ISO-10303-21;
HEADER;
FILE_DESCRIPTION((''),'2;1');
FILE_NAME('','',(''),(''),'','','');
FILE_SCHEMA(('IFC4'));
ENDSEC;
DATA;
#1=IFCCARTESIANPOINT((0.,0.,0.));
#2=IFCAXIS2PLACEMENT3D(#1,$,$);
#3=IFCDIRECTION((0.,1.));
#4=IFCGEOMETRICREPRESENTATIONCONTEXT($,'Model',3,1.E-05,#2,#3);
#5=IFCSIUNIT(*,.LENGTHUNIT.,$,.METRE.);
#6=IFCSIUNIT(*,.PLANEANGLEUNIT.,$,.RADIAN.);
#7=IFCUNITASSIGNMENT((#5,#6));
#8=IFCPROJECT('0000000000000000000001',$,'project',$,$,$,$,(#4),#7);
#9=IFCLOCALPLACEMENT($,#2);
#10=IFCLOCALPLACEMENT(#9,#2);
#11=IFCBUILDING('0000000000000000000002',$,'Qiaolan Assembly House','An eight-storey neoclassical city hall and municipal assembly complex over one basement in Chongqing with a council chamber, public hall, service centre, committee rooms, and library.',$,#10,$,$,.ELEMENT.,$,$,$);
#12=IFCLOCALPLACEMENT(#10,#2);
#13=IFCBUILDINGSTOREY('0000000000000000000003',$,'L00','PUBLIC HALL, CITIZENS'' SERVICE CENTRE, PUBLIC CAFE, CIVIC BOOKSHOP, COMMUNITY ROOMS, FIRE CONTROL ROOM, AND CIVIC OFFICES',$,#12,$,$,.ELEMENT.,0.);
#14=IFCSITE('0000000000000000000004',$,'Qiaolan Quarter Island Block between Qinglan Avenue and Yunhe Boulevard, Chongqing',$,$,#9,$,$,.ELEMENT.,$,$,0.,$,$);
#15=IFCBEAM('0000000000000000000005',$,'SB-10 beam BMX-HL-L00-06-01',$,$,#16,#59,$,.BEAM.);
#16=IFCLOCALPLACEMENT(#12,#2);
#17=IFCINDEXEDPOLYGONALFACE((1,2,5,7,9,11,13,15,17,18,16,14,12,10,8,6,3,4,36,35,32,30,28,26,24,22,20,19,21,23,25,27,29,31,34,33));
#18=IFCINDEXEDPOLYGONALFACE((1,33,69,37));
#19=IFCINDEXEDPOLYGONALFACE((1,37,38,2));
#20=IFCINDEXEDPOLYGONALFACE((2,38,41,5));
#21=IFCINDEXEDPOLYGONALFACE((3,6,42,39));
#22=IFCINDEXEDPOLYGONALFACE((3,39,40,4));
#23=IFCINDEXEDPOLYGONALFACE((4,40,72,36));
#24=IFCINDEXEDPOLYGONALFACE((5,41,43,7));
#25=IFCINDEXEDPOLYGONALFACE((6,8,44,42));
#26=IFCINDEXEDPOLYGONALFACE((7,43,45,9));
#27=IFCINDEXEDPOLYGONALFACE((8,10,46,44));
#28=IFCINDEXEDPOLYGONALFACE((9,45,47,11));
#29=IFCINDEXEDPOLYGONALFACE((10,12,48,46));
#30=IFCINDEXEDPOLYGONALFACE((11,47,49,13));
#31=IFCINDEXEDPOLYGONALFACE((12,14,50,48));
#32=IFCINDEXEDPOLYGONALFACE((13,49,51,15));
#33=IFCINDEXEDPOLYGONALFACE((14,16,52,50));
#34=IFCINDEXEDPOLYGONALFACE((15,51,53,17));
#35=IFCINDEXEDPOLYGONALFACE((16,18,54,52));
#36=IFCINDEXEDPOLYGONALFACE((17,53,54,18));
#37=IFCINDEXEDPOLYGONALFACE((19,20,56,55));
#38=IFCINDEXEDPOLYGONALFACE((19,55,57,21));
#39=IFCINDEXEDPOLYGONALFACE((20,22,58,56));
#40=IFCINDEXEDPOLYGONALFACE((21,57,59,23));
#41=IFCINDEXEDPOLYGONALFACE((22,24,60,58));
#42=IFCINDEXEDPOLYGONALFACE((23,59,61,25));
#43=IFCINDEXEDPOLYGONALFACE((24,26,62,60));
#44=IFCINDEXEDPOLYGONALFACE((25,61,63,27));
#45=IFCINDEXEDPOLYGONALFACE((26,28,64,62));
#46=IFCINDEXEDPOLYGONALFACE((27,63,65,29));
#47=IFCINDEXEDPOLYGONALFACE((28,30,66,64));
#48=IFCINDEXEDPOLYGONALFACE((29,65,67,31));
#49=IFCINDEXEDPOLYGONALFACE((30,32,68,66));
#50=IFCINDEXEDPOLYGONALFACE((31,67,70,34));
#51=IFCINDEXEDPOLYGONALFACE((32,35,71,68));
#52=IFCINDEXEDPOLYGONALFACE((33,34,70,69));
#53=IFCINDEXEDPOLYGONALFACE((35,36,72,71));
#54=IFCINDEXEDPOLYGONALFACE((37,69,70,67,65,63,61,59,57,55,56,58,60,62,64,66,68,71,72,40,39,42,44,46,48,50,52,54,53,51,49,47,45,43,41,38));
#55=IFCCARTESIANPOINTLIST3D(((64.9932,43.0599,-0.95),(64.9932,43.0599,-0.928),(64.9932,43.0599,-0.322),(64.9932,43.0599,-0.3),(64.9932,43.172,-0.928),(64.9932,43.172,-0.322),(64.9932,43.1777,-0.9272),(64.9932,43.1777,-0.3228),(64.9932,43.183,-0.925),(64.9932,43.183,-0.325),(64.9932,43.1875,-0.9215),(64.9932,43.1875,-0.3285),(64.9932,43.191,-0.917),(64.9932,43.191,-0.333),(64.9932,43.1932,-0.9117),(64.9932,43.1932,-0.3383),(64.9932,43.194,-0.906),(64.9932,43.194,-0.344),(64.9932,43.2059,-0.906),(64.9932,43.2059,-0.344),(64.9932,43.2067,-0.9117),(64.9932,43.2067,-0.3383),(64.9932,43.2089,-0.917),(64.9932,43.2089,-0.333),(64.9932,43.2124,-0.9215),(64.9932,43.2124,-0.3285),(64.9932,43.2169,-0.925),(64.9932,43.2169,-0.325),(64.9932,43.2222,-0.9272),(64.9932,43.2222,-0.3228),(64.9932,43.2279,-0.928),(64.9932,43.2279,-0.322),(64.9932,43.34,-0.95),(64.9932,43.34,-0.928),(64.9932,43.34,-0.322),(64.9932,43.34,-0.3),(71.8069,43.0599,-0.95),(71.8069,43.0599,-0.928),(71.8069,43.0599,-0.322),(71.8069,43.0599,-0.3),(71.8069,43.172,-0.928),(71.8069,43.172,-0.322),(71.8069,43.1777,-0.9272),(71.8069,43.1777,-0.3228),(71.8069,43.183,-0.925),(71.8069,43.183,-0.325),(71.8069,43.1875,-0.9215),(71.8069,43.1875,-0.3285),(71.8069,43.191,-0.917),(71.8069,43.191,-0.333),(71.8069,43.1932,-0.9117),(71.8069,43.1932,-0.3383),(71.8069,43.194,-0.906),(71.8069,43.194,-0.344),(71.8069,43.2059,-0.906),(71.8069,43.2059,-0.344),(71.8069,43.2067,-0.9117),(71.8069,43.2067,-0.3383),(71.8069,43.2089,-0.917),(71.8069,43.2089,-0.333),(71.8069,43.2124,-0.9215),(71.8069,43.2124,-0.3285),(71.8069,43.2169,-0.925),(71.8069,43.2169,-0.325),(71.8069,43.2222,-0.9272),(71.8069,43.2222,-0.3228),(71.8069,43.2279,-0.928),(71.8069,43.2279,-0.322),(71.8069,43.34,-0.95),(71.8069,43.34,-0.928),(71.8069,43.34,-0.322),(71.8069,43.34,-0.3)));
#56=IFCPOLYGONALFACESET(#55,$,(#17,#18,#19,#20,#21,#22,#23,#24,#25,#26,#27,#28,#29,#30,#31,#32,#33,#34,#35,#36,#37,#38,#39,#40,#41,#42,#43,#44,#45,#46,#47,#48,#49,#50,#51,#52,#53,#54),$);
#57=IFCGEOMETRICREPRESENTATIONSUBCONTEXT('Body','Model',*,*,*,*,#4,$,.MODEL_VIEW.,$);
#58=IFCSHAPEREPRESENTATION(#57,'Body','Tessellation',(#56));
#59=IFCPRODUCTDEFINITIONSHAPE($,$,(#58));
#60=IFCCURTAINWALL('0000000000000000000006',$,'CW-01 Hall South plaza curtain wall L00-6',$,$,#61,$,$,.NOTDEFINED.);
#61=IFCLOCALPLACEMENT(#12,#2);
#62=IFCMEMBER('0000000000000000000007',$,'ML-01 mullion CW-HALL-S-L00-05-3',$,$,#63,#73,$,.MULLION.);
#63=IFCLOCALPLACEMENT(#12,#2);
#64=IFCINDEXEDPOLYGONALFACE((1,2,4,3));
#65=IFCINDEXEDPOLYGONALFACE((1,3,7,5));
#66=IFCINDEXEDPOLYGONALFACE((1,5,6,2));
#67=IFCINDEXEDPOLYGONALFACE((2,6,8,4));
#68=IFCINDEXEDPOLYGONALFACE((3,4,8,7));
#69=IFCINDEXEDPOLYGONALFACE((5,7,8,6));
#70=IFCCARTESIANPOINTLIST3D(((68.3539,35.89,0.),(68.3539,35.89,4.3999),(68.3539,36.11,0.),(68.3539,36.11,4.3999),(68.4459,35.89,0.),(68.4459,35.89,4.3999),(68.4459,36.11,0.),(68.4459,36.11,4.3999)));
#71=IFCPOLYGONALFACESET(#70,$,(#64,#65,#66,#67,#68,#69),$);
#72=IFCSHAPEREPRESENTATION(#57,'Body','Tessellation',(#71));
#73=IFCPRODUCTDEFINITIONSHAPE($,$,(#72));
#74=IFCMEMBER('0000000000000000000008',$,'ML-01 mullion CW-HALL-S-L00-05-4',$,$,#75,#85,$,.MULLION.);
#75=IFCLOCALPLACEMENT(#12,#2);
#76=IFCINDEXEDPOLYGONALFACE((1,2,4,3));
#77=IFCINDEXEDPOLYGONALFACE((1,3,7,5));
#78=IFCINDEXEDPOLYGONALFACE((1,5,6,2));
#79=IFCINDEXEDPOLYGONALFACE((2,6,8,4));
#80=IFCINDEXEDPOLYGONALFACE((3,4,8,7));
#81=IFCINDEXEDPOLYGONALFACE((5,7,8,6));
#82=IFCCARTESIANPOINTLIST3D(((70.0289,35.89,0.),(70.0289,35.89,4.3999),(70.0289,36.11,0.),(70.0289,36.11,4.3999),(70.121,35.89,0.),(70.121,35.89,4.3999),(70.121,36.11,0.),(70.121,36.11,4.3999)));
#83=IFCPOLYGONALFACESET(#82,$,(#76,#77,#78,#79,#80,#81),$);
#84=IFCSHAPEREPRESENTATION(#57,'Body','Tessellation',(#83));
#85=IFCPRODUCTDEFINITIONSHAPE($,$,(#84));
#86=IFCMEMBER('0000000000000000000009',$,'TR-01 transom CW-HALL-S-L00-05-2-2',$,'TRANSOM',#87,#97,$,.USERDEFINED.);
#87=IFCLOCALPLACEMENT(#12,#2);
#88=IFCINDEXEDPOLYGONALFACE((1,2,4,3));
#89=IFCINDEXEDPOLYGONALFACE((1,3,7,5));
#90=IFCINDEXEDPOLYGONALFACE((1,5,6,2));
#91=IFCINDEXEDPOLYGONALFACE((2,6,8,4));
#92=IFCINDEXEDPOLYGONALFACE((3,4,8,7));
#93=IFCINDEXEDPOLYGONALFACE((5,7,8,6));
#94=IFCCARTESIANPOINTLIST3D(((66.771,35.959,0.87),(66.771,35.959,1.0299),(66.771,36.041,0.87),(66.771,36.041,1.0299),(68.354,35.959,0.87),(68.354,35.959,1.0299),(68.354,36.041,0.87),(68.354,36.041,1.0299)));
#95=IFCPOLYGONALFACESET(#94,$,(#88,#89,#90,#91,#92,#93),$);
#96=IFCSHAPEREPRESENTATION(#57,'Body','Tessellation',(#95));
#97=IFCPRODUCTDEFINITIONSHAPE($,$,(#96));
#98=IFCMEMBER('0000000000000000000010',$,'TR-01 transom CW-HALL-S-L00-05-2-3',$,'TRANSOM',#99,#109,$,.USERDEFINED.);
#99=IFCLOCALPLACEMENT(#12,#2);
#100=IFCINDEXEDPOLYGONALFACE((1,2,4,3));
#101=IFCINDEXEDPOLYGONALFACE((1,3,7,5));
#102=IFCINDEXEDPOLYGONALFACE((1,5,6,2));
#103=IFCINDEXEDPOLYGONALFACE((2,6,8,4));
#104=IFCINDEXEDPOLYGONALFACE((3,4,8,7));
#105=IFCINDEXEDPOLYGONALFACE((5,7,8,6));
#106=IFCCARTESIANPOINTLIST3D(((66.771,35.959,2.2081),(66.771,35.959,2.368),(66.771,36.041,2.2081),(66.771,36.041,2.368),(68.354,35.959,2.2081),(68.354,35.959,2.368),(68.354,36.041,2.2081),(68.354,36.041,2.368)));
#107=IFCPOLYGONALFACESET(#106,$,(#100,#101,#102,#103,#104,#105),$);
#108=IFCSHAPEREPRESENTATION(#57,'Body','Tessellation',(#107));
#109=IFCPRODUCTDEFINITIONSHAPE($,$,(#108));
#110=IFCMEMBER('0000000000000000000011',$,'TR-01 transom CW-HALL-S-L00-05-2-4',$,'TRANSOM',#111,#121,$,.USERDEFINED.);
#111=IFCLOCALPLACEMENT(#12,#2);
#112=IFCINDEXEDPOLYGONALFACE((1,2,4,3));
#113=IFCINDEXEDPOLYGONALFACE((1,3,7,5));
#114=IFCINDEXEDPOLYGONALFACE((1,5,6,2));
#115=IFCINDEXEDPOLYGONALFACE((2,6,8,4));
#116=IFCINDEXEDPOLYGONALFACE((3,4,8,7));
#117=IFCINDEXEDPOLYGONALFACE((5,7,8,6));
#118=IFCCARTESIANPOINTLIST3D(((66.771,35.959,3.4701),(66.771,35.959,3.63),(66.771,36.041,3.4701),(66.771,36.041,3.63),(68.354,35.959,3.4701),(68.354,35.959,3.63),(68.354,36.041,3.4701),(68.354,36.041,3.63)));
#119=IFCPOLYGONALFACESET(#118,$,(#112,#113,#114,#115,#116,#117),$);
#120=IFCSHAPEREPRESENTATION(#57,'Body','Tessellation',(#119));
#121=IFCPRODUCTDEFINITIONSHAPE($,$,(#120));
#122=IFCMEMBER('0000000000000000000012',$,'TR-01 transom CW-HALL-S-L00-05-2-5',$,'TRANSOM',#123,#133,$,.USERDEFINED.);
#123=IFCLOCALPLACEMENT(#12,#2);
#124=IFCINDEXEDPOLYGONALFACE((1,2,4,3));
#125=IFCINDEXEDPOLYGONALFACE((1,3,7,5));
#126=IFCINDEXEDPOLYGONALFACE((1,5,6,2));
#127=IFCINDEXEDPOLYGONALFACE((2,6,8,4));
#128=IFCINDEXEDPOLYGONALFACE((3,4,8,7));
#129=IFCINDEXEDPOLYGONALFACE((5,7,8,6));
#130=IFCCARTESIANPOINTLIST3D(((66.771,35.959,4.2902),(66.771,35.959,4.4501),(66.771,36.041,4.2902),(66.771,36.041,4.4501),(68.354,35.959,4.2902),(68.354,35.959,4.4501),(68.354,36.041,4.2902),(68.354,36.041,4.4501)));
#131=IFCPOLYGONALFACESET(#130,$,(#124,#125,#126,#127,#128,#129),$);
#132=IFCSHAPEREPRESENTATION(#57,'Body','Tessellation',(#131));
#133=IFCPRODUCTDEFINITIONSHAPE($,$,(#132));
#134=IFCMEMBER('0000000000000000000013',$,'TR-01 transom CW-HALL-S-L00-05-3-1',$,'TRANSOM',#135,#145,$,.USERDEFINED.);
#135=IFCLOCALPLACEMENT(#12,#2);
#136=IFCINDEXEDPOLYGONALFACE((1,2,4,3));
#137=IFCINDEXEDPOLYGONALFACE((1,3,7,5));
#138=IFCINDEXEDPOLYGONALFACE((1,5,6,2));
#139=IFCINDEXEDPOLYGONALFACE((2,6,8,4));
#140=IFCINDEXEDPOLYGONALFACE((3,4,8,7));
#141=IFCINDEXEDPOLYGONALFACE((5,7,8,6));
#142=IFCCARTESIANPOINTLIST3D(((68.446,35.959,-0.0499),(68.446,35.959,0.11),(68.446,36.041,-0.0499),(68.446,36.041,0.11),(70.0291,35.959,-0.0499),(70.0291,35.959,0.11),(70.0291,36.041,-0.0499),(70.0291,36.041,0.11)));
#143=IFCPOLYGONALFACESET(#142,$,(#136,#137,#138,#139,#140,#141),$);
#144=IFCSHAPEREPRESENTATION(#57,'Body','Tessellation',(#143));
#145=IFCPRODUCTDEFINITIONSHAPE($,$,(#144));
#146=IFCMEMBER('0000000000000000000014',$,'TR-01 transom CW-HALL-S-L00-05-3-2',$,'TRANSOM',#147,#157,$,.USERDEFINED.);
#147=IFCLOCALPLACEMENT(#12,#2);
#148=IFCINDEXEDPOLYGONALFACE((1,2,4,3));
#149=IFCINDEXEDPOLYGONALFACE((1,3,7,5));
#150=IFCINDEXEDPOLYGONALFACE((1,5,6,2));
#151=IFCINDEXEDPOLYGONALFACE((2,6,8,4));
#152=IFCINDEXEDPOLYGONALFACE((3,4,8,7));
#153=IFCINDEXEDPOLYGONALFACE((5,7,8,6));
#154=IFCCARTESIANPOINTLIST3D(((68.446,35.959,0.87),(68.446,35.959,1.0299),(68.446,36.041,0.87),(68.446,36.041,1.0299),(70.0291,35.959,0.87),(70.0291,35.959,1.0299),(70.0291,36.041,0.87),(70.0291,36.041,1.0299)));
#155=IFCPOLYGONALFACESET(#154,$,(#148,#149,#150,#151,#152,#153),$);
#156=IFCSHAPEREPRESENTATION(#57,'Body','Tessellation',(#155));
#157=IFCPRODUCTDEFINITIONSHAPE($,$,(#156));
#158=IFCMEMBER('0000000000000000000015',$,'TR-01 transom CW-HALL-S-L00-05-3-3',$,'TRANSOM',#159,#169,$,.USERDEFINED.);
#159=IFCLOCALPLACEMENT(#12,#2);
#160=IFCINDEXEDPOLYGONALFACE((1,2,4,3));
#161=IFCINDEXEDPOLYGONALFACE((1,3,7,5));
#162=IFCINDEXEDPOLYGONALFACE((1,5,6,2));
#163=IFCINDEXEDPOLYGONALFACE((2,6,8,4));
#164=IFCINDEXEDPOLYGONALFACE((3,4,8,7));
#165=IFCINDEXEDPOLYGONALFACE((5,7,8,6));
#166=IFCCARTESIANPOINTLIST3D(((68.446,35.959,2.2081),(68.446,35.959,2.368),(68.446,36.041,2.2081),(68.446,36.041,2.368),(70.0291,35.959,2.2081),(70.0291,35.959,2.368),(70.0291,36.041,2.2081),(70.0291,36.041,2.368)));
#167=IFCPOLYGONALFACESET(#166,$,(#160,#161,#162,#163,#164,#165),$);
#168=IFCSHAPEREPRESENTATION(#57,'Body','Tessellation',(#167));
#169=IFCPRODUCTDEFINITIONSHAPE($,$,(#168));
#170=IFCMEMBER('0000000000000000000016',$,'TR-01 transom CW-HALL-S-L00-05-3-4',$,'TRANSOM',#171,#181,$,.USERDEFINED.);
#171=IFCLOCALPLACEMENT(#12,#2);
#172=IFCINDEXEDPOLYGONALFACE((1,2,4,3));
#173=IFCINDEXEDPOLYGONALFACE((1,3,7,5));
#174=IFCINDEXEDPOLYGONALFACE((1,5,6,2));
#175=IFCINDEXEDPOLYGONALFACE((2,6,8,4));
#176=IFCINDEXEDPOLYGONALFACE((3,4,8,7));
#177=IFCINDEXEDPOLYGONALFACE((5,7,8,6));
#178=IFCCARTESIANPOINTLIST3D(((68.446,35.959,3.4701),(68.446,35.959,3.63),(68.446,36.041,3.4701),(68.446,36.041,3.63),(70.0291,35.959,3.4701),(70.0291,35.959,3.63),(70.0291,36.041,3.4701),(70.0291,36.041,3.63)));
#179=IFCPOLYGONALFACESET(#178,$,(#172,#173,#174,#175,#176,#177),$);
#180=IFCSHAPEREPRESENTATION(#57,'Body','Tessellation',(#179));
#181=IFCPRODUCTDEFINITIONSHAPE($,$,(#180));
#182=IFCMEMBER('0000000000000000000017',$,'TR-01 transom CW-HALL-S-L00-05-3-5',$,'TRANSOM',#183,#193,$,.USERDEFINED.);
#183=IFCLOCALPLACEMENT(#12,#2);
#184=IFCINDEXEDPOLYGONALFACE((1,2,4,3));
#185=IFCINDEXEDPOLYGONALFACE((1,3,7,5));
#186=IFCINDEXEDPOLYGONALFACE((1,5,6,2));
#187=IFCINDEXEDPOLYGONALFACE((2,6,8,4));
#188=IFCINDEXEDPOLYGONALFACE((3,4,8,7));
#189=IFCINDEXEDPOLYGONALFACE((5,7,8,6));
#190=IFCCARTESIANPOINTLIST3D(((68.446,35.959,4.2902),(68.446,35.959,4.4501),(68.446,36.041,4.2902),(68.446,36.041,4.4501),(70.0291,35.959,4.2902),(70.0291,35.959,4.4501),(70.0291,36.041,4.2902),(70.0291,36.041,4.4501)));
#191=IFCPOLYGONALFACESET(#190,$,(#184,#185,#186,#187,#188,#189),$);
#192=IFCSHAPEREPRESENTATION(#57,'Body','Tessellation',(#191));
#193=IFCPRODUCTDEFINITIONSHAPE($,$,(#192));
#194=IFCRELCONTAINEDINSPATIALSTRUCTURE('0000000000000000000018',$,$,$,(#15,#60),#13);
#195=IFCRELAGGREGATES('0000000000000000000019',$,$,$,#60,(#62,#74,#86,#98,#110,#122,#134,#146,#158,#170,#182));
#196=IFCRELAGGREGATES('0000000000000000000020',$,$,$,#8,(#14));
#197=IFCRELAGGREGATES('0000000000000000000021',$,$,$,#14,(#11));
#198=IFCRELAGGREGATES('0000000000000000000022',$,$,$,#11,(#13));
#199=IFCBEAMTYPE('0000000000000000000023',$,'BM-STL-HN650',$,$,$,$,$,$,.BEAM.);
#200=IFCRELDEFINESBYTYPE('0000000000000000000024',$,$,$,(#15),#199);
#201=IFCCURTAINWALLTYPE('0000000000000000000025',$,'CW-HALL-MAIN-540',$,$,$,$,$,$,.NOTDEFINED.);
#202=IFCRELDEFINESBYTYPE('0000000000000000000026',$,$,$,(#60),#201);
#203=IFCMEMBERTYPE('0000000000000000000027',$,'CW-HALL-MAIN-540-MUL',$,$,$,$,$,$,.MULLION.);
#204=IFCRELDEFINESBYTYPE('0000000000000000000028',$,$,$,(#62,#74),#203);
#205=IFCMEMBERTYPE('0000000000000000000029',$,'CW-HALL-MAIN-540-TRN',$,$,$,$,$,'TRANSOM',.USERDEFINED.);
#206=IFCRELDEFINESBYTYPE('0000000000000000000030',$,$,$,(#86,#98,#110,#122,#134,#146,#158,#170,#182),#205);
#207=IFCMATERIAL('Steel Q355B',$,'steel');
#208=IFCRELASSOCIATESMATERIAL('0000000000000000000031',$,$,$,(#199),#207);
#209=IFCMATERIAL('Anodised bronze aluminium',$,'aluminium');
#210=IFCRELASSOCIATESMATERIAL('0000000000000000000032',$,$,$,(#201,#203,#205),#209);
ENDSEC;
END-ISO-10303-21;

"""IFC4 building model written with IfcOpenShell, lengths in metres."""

from ifc_helpers import new_model, si_unit, direction, frame, origin, origin_2d, place, context, subcontext, project, spatial, rectangle, i_section, extrude, material, material_profile, profile_set, type_object, element, aggregate, save


model = new_model("IFC4")

# Units and contexts
model_context = context("Model", 3, precision=1e-05, world=origin(), true_north=direction((0.0, 1.0)))
body_context = subcontext(model_context, "Body", "Model", "MODEL_VIEW")
ifc_project = project(units=[si_unit("LENGTHUNIT", "METRE"), si_unit("PLANEANGLEUNIT", "RADIAN")], contexts=[model_context])

# Site, building, storey
site_placement = place(None, origin())
site = spatial("IfcSite", under=ifc_project, at=site_placement, Name="Qiaolan Quarter Island Block between Qinglan Avenue and Yunhe Boulevard, Chongqing", CompositionType="ELEMENT", RefElevation=0.0)
building_placement = place(site_placement, origin())
building = spatial("IfcBuilding", under=site, at=building_placement, Name="Qiaolan Assembly House", Description="An eight-storey neoclassical city hall and municipal assembly complex over one basement in Chongqing with a council chamber, public hall, service centre, committee rooms, and library.", CompositionType="ELEMENT")
storey_placement = place(building_placement, origin())
storey = spatial("IfcBuildingStorey", under=building, at=storey_placement, Name="L00", Description="PUBLIC HALL, CITIZENS' SERVICE CENTRE, PUBLIC CAFE, CIVIC BOOKSHOP, COMMUNITY ROOMS, FIRE CONTROL ROOM, AND CIVIC OFFICES", CompositionType="ELEMENT", Elevation=0.0)

# Shared definitions
ifc_material_1 = material(Name="Steel Q355B", Category="steel")

# Beam
ifc_material_profile_1 = material_profile(ifc_material_1, i_section(OverallWidth=0.28, OverallDepth=0.6499, WebThickness=0.012, FlangeThickness=0.022, FilletRadius=0.022, at=origin_2d()), Name="HN 650x280x12x22")
ifc_profile_set_1 = profile_set([ifc_material_profile_1], Name="Steel Q355B")
beam_type_1 = type_object("IfcBeamType", Name="BM-STL-HN650", PredefinedType="BEAM", material=ifc_profile_set_1)
beam_1_placement = place(storey_placement, frame((64.9932, 43.2, -0.625), z_axis=(1.0, 0.0, 0.0), x_axis=(0.0, 1.0, 0.0)))
element("IfcBeam", 1, at=beam_1_placement, inside=storey, type_object=beam_type_1, Name="SB-10 beam BMX-HL-L00-06-01", PredefinedType="BEAM", context=body_context, shape_type="SweptSolid", body=[
    extrude(i_section(OverallWidth=0.28, OverallDepth=0.6499, WebThickness=0.012, FlangeThickness=0.022, FilletRadius=0.022, at=origin_2d()), origin(), (0.0, 0.0, 1.0), 6.8137),
])

# Curtain wall, members
ifc_material_2 = material(Name="Anodised bronze aluminium", Category="aluminium")
curtain_wall_type = type_object("IfcCurtainWallType", Name="CW-HALL-MAIN-540", PredefinedType="NOTDEFINED", material=ifc_material_2)
curtain_wall_placement = place(storey_placement, origin())
curtain_wall = element("IfcCurtainWall", 2, at=curtain_wall_placement, inside=storey, type_object=curtain_wall_type, Name="CW-01 Hall South plaza curtain wall L00-6", PredefinedType="NOTDEFINED")
ifc_material_profile_2 = material_profile(ifc_material_2, rectangle(XDim=0.092, YDim=0.22, at=origin_2d()), Name="MUL 92x220")
ifc_profile_set_2 = profile_set([ifc_material_profile_2], Name="Anodised bronze aluminium")
member_type_1 = type_object("IfcMemberType", Name="CW-HALL-MAIN-540-MUL", PredefinedType="MULLION", material=ifc_profile_set_2)
member_1_placement = place(storey_placement, frame((68.3999, 36.0, 0.0), z_axis=(0.0, 0.0, 1.0), x_axis=(1.0, 0.0, 0.0)))
member_1 = element("IfcMember", 3, at=member_1_placement, type_object=member_type_1, Name="ML-01 mullion CW-HALL-S-L00-05-3", PredefinedType="MULLION", context=body_context, shape_type="SweptSolid", body=[
    extrude(rectangle(XDim=0.092, YDim=0.22, at=origin_2d()), origin(), (0.0, 0.0, 1.0), 4.3999),
])
member_2_placement = place(storey_placement, frame((70.075, 36.0, 0.0), z_axis=(0.0, 0.0, 1.0), x_axis=(1.0, 0.0, 0.0)))
member_2 = element("IfcMember", 4, at=member_2_placement, type_object=member_type_1, Name="ML-01 mullion CW-HALL-S-L00-05-4", PredefinedType="MULLION", context=body_context, shape_type="SweptSolid", body=[
    extrude(rectangle(XDim=0.092, YDim=0.22, at=origin_2d()), origin(), (0.0, 0.0, 1.0), 4.3999),
])
ifc_material_profile_3 = material_profile(ifc_material_2, rectangle(XDim=0.082, YDim=0.1599, at=origin_2d()), Name="TRN 82x160")
ifc_profile_set_3 = profile_set([ifc_material_profile_3], Name="Anodised bronze aluminium")
member_type_2 = type_object("IfcMemberType", Name="CW-HALL-MAIN-540-TRN", ElementType="TRANSOM", PredefinedType="USERDEFINED", material=ifc_profile_set_3)
member_3_placement = place(storey_placement, frame((66.771, 36.0, 0.95), z_axis=(1.0, 0.0, 0.0), x_axis=(0.0, 1.0, 0.0)))
member_3 = element("IfcMember", 5, at=member_3_placement, type_object=member_type_2, Name="TR-01 transom CW-HALL-S-L00-05-2-2", ObjectType="TRANSOM", PredefinedType="USERDEFINED", context=body_context, shape_type="SweptSolid", body=[
    extrude(rectangle(XDim=0.082, YDim=0.1599, at=origin_2d()), origin(), (0.0, 0.0, 1.0), 1.583),
])
member_4_placement = place(storey_placement, frame((66.771, 36.0, 2.2881), z_axis=(1.0, 0.0, 0.0), x_axis=(0.0, 1.0, 0.0)))
member_4 = element("IfcMember", 6, at=member_4_placement, type_object=member_type_2, Name="TR-01 transom CW-HALL-S-L00-05-2-3", ObjectType="TRANSOM", PredefinedType="USERDEFINED", context=body_context, shape_type="SweptSolid", body=[
    extrude(rectangle(XDim=0.082, YDim=0.1599, at=origin_2d()), origin(), (0.0, 0.0, 1.0), 1.583),
])
member_5_placement = place(storey_placement, frame((66.771, 36.0, 3.55), z_axis=(1.0, 0.0, 0.0), x_axis=(0.0, 1.0, 0.0)))
member_5 = element("IfcMember", 7, at=member_5_placement, type_object=member_type_2, Name="TR-01 transom CW-HALL-S-L00-05-2-4", ObjectType="TRANSOM", PredefinedType="USERDEFINED", context=body_context, shape_type="SweptSolid", body=[
    extrude(rectangle(XDim=0.082, YDim=0.1599, at=origin_2d()), origin(), (0.0, 0.0, 1.0), 1.583),
])
member_6_placement = place(storey_placement, frame((66.771, 36.0, 4.3701), z_axis=(1.0, 0.0, 0.0), x_axis=(0.0, 1.0, 0.0)))
member_6 = element("IfcMember", 8, at=member_6_placement, type_object=member_type_2, Name="TR-01 transom CW-HALL-S-L00-05-2-5", ObjectType="TRANSOM", PredefinedType="USERDEFINED", context=body_context, shape_type="SweptSolid", body=[
    extrude(rectangle(XDim=0.082, YDim=0.1599, at=origin_2d()), origin(), (0.0, 0.0, 1.0), 1.583),
])
member_7_placement = place(storey_placement, frame((68.446, 36.0, 0.03), z_axis=(1.0, 0.0, 0.0), x_axis=(0.0, 1.0, 0.0)))
member_7 = element("IfcMember", 9, at=member_7_placement, type_object=member_type_2, Name="TR-01 transom CW-HALL-S-L00-05-3-1", ObjectType="TRANSOM", PredefinedType="USERDEFINED", context=body_context, shape_type="SweptSolid", body=[
    extrude(rectangle(XDim=0.082, YDim=0.1599, at=origin_2d()), origin(), (0.0, 0.0, 1.0), 1.583),
])
member_8_placement = place(storey_placement, frame((68.446, 36.0, 0.95), z_axis=(1.0, 0.0, 0.0), x_axis=(0.0, 1.0, 0.0)))
member_8 = element("IfcMember", 10, at=member_8_placement, type_object=member_type_2, Name="TR-01 transom CW-HALL-S-L00-05-3-2", ObjectType="TRANSOM", PredefinedType="USERDEFINED", context=body_context, shape_type="SweptSolid", body=[
    extrude(rectangle(XDim=0.082, YDim=0.1599, at=origin_2d()), origin(), (0.0, 0.0, 1.0), 1.583),
])
member_9_placement = place(storey_placement, frame((68.446, 36.0, 2.2881), z_axis=(1.0, 0.0, 0.0), x_axis=(0.0, 1.0, 0.0)))
member_9 = element("IfcMember", 11, at=member_9_placement, type_object=member_type_2, Name="TR-01 transom CW-HALL-S-L00-05-3-3", ObjectType="TRANSOM", PredefinedType="USERDEFINED", context=body_context, shape_type="SweptSolid", body=[
    extrude(rectangle(XDim=0.082, YDim=0.1599, at=origin_2d()), origin(), (0.0, 0.0, 1.0), 1.583),
])
member_10_placement = place(storey_placement, frame((68.446, 36.0, 3.55), z_axis=(1.0, 0.0, 0.0), x_axis=(0.0, 1.0, 0.0)))
member_10 = element("IfcMember", 12, at=member_10_placement, type_object=member_type_2, Name="TR-01 transom CW-HALL-S-L00-05-3-4", ObjectType="TRANSOM", PredefinedType="USERDEFINED", context=body_context, shape_type="SweptSolid", body=[
    extrude(rectangle(XDim=0.082, YDim=0.1599, at=origin_2d()), origin(), (0.0, 0.0, 1.0), 1.583),
])
member_11_placement = place(storey_placement, frame((68.446, 36.0, 4.3701), z_axis=(1.0, 0.0, 0.0), x_axis=(0.0, 1.0, 0.0)))
member_11 = element("IfcMember", 13, at=member_11_placement, type_object=member_type_2, Name="TR-01 transom CW-HALL-S-L00-05-3-5", ObjectType="TRANSOM", PredefinedType="USERDEFINED", context=body_context, shape_type="SweptSolid", body=[
    extrude(rectangle(XDim=0.082, YDim=0.1599, at=origin_2d()), origin(), (0.0, 0.0, 1.0), 1.583),
])

aggregate(curtain_wall, [member_1, member_2, member_3, member_4, member_5, member_6, member_7, member_8, member_9, member_10, member_11])

save(model, "model.ifc")
